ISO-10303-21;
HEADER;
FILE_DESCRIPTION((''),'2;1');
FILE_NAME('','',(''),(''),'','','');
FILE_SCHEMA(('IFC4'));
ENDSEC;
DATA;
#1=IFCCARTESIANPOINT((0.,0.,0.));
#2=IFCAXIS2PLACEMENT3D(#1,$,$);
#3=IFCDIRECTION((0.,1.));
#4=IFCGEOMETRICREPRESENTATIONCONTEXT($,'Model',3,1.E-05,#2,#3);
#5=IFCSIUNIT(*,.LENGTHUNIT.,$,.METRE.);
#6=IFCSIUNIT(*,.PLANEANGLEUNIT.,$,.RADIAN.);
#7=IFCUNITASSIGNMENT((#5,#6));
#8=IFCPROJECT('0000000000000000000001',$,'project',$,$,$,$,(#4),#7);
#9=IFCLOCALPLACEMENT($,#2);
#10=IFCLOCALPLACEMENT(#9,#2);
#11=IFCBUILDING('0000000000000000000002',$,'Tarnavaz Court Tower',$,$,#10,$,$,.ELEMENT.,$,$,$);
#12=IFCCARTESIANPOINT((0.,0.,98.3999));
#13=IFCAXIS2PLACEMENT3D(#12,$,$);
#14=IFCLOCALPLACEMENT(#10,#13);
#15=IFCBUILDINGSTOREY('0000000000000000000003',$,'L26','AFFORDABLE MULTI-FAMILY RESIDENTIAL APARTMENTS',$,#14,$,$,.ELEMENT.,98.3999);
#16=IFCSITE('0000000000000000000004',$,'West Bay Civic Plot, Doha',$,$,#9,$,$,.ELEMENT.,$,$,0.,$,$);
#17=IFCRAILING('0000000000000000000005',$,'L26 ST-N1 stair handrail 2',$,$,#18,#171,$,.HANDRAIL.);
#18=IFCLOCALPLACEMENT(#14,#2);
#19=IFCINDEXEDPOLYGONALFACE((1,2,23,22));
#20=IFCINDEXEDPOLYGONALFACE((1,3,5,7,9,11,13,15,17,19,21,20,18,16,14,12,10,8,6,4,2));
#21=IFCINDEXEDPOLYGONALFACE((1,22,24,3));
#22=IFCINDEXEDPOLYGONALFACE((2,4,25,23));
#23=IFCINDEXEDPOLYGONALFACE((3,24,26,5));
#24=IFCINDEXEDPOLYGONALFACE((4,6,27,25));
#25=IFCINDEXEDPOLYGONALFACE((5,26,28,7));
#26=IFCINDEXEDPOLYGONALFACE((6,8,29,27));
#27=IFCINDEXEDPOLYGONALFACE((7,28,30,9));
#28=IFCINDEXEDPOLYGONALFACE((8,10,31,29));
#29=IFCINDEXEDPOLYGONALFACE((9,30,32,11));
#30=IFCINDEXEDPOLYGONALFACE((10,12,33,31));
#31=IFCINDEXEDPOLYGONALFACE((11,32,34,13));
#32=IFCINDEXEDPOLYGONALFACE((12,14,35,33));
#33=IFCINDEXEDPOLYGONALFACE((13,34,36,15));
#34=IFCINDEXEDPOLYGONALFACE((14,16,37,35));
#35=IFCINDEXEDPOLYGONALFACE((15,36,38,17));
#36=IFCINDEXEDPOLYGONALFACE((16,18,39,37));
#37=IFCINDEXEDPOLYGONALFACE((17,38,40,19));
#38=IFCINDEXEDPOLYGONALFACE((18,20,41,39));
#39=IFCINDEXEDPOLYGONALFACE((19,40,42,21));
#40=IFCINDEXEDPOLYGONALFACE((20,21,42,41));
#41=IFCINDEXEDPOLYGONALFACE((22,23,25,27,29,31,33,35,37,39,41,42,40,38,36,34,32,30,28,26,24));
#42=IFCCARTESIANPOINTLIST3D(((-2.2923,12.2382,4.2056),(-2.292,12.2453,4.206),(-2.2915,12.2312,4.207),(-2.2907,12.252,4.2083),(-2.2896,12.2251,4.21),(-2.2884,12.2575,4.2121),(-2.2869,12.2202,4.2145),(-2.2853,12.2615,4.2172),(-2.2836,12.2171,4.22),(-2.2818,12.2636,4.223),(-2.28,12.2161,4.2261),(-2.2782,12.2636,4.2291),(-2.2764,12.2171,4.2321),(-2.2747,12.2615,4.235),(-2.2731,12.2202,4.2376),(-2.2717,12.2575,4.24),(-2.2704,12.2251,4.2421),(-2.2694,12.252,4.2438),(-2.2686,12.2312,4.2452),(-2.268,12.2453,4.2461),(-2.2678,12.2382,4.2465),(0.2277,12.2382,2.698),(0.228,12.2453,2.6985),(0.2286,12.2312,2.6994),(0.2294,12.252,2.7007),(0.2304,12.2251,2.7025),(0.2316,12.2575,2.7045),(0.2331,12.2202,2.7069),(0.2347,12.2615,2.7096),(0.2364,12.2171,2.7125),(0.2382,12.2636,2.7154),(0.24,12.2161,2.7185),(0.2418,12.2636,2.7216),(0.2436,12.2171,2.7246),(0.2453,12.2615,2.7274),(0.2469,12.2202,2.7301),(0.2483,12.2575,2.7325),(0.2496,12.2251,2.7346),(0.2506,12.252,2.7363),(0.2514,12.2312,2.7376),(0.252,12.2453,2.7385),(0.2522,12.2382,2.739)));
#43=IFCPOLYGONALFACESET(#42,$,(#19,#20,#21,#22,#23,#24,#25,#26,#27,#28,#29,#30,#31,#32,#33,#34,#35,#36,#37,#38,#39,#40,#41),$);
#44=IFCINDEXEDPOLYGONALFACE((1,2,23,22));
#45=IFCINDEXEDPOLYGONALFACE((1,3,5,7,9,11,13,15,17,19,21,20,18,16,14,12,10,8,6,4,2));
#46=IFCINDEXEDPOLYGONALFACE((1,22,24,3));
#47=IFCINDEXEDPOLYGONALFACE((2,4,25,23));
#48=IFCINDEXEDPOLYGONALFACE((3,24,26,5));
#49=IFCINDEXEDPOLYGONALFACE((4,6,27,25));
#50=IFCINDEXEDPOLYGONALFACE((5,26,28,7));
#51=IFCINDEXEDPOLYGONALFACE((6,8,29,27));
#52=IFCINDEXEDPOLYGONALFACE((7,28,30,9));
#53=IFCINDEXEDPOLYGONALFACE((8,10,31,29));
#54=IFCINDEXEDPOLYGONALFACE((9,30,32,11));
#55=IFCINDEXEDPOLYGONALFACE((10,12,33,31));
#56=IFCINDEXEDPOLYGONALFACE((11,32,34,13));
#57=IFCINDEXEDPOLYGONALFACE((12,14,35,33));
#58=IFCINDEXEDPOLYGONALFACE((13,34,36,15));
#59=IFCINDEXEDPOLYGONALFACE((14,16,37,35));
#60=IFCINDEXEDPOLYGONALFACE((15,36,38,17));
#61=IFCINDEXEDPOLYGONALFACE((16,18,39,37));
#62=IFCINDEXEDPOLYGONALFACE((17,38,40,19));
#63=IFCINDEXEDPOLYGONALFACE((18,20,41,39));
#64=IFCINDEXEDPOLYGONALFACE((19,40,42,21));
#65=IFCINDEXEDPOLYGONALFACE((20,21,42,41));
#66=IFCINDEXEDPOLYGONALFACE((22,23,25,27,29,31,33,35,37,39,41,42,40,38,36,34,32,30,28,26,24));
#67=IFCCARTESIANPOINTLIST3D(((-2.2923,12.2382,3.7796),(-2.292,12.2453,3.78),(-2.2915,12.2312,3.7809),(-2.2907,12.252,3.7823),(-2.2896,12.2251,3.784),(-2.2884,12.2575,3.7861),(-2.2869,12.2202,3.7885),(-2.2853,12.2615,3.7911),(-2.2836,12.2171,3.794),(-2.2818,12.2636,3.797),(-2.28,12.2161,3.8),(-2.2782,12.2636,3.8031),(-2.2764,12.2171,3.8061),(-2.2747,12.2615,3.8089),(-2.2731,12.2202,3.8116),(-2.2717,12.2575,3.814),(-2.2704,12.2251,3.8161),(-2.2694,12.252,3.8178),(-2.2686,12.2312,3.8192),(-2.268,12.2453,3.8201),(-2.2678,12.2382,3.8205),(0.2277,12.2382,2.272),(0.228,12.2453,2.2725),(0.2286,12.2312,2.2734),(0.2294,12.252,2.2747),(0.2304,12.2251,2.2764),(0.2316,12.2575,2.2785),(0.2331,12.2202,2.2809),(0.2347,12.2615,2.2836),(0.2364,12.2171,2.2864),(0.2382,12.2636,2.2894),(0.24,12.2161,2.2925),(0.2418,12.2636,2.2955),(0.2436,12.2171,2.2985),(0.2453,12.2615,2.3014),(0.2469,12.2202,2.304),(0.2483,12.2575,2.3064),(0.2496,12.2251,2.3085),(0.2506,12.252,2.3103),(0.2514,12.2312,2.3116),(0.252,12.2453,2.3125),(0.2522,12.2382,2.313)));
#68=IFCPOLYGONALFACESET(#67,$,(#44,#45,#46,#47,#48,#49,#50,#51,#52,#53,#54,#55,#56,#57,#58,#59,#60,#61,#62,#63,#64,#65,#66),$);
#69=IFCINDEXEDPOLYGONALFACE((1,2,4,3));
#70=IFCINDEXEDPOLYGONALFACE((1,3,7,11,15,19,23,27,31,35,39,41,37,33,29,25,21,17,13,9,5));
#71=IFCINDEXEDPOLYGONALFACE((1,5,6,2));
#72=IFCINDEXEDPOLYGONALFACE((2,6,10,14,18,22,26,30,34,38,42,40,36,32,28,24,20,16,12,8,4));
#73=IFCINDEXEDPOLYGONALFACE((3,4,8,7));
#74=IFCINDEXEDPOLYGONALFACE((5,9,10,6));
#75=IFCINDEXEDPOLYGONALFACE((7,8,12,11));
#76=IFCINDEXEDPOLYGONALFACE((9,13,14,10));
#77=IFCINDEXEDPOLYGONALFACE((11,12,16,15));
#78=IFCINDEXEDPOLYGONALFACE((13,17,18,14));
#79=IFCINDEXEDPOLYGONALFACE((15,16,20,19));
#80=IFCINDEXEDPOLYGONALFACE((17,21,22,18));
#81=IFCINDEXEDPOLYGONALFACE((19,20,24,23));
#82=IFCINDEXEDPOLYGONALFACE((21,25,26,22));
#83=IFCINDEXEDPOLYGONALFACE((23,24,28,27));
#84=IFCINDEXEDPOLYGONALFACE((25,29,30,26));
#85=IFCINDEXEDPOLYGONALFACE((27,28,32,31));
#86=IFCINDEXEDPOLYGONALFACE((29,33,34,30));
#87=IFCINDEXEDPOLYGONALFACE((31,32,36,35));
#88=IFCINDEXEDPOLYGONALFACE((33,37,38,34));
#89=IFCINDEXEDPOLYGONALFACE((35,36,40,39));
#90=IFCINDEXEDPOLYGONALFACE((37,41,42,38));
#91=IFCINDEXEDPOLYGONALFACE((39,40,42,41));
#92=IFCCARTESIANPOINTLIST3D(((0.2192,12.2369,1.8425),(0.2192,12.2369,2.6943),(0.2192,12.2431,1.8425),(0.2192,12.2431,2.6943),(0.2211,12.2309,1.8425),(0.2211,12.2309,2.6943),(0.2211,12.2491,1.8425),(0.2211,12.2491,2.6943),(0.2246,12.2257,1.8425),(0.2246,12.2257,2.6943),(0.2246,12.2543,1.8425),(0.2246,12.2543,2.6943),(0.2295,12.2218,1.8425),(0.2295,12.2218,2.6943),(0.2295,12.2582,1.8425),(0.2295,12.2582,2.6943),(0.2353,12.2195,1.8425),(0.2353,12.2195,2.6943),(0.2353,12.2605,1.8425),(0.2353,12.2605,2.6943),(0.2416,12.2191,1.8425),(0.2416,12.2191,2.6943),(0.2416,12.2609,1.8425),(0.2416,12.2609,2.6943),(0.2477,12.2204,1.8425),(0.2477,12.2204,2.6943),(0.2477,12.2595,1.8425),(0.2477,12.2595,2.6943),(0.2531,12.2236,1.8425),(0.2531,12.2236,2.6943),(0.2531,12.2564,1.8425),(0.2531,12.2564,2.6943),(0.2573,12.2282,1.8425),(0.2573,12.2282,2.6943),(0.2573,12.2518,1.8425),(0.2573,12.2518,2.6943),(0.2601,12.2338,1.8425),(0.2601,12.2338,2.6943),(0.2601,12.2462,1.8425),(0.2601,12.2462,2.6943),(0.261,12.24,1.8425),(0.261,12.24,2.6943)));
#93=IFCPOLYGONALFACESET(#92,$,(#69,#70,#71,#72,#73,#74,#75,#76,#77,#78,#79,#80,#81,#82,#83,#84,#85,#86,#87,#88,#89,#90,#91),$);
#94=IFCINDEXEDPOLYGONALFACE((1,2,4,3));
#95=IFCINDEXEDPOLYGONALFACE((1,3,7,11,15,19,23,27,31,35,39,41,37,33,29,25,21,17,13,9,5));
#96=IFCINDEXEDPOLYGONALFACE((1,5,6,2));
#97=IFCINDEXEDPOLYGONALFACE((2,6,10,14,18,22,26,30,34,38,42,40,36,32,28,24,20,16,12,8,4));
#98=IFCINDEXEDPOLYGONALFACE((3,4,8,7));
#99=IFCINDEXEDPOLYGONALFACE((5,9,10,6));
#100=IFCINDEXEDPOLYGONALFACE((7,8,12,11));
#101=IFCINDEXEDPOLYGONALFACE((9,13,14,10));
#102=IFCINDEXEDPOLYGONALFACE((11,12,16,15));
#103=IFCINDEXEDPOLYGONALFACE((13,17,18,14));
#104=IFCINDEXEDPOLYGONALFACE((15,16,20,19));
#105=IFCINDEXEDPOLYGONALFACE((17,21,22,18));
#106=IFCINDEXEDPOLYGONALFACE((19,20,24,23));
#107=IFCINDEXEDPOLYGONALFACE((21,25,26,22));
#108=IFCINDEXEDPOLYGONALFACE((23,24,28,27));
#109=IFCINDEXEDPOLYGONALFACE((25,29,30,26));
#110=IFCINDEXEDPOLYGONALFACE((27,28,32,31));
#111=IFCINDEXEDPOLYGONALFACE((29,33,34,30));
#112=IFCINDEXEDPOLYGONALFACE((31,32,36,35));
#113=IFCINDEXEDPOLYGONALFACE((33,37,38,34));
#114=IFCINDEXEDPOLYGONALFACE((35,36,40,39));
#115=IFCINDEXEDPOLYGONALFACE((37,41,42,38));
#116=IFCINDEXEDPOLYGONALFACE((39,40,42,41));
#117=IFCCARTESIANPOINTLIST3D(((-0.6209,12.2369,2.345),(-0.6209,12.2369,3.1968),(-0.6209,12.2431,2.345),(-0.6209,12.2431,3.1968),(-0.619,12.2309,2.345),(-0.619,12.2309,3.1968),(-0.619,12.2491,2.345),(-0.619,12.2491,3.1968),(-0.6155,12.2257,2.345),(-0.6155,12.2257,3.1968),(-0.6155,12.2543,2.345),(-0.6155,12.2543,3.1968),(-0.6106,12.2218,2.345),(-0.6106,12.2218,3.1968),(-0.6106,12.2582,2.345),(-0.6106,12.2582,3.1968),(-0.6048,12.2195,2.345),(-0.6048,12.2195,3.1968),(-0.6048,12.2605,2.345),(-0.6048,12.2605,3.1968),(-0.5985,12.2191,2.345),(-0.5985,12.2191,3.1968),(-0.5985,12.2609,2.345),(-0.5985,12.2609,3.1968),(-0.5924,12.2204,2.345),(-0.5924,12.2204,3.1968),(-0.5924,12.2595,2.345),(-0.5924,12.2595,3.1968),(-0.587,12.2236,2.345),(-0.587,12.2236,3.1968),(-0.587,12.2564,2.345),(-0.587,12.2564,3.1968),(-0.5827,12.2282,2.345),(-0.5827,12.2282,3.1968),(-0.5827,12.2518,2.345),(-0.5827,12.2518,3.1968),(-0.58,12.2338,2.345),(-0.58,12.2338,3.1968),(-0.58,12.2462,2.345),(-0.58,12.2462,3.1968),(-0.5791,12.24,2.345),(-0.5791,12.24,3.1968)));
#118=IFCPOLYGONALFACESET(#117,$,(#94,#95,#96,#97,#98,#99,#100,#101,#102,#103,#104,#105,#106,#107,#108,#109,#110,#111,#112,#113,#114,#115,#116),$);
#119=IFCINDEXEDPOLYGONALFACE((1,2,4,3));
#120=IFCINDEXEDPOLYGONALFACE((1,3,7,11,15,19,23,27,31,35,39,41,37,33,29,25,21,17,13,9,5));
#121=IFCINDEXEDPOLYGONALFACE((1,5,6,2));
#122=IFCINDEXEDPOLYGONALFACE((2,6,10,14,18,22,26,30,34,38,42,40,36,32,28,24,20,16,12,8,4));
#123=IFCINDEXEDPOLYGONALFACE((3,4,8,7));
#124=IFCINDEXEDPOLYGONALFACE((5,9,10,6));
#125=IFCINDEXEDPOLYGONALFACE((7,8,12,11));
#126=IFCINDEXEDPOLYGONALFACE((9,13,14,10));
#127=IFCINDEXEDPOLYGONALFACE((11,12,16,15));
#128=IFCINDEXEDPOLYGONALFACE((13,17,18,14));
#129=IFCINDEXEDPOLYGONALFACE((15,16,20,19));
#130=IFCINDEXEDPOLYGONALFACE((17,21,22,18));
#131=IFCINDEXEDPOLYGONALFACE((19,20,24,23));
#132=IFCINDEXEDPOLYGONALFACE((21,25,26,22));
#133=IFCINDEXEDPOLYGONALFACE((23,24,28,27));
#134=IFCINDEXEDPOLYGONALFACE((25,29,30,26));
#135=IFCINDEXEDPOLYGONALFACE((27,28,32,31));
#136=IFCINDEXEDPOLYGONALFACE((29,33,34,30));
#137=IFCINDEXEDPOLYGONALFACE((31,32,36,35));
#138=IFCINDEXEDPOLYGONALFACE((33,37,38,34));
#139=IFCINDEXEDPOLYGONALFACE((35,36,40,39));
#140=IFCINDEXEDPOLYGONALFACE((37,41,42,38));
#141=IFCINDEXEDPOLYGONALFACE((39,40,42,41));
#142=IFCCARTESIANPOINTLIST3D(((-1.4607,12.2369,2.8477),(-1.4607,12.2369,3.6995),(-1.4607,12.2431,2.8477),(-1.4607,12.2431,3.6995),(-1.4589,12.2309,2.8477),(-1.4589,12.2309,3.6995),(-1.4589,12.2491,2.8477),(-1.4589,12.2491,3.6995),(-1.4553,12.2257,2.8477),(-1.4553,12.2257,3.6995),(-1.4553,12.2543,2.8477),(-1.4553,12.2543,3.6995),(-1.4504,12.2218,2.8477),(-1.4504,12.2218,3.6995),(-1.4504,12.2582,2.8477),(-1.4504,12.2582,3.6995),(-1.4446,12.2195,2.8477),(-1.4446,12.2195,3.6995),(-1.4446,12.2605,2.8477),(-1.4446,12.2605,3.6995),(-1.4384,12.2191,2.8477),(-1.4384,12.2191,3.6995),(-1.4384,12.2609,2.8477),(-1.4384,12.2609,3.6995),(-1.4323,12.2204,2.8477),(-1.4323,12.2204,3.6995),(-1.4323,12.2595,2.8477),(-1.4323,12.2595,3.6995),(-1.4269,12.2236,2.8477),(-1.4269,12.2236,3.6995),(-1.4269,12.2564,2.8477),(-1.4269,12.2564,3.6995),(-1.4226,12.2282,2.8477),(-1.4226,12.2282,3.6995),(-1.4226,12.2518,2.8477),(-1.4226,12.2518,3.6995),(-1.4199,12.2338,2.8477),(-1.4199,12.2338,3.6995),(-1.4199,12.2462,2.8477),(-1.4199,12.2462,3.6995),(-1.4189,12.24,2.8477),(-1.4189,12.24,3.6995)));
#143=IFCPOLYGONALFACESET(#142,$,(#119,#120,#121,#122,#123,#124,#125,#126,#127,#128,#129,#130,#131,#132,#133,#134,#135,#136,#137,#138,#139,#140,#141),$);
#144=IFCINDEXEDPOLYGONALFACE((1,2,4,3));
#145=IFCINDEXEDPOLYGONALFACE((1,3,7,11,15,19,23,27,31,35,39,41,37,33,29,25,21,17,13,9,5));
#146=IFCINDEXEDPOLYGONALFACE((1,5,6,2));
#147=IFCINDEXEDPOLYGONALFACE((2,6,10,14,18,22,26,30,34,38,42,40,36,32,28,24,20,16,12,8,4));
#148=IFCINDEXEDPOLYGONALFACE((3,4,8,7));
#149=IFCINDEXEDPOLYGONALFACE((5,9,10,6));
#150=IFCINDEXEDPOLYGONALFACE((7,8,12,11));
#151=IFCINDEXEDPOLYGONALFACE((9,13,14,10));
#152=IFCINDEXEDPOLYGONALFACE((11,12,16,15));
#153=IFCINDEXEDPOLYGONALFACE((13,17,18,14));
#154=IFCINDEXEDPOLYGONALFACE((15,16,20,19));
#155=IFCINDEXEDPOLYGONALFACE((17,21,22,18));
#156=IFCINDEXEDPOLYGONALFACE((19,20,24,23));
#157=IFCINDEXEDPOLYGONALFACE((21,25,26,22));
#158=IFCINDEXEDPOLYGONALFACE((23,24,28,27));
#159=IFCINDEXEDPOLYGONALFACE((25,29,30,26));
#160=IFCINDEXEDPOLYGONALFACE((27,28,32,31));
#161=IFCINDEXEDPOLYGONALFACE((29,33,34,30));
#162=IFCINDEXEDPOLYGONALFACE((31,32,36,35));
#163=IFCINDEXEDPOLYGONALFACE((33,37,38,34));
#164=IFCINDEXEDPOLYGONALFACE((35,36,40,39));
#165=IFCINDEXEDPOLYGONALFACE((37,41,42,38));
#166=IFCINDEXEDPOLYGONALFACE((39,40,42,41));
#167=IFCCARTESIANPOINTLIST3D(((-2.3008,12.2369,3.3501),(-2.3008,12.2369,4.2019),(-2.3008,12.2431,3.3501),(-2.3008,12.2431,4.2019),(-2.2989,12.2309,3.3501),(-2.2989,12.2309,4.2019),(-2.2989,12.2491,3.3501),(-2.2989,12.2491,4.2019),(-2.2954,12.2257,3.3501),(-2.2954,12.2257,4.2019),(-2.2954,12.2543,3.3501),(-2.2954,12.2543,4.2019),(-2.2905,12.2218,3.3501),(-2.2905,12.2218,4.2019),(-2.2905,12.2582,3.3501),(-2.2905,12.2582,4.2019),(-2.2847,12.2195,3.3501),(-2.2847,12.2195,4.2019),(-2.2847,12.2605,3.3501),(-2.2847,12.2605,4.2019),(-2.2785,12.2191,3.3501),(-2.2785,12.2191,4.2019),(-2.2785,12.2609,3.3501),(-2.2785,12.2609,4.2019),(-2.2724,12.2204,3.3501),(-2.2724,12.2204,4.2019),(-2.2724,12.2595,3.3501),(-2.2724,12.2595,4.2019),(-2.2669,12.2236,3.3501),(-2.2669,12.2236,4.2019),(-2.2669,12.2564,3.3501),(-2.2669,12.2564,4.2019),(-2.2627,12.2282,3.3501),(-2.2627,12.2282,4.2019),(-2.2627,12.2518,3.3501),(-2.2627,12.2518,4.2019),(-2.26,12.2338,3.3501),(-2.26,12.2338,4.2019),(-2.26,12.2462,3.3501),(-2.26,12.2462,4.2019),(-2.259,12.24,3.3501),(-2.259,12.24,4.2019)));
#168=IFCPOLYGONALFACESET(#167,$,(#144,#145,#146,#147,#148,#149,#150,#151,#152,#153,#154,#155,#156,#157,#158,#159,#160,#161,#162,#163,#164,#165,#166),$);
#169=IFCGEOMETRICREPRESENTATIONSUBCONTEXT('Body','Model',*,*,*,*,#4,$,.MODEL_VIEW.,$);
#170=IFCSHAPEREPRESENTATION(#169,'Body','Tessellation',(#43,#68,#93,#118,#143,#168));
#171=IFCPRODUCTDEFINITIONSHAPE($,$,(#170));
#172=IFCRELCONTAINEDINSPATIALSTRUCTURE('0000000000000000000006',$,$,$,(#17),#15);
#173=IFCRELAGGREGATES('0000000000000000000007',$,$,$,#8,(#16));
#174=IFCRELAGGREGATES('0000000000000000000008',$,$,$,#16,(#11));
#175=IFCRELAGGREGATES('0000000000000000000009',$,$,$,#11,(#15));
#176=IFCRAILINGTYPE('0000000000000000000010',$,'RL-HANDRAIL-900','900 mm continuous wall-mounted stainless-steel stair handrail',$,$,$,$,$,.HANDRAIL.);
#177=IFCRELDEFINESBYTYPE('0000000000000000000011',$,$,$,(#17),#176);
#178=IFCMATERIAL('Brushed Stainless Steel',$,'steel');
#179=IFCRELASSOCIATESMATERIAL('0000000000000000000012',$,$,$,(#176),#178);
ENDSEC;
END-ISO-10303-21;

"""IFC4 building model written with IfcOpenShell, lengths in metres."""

from ifc_helpers import new_model, si_unit, direction, frame, origin, origin_2d, place, context, subcontext, project, spatial, circle, extrude, material, type_object, element, save


model = new_model("IFC4")

# Units and contexts
model_context = context("Model", 3, precision=1e-05, world=origin(), true_north=direction((0.0, 1.0)))
body_context = subcontext(model_context, "Body", "Model", "MODEL_VIEW")
ifc_project = project(units=[si_unit("LENGTHUNIT", "METRE"), si_unit("PLANEANGLEUNIT", "RADIAN")], contexts=[model_context])

# Site, building, storey
site_placement = place(None, origin())
site = spatial("IfcSite", under=ifc_project, at=site_placement, Name="West Bay Civic Plot, Doha", CompositionType="ELEMENT", RefElevation=0.0)
building_placement = place(site_placement, origin())
building = spatial("IfcBuilding", under=site, at=building_placement, Name="Tarnavaz Court Tower", CompositionType="ELEMENT")
storey_placement = place(building_placement, frame((0.0, 0.0, 98.3999)))
storey = spatial("IfcBuildingStorey", under=building, at=storey_placement, Name="L26", Description="AFFORDABLE MULTI-FAMILY RESIDENTIAL APARTMENTS", CompositionType="ELEMENT", Elevation=98.3999)

# Railing
ifc_material_1 = material(Name="Brushed Stainless Steel", Category="steel")
railing_type_1 = type_object("IfcRailingType", Name="RL-HANDRAIL-900", Description="900 mm continuous wall-mounted stainless-steel stair handrail", PredefinedType="HANDRAIL", material=ifc_material_1)
railing_1_placement = place(storey_placement, frame((0.24, 12.24, 1.8425)))
element("IfcRailing", 1, at=railing_1_placement, inside=storey, type_object=railing_type_1, Name="L26 ST-N1 stair handrail 2", PredefinedType="HANDRAIL", context=body_context, shape_type="SweptSolid", body=[
    extrude(circle(Radius=0.0239, at=origin_2d()), frame((0.0, 0.0, 0.876), z_axis=(-0.85816, 0.0, 0.513383), x_axis=(0.0, -1.0, 0.0)), (0.0, 0.0, 1.0), 2.9365),
    extrude(circle(Radius=0.0239, at=origin_2d()), frame((0.0, 0.0, 0.45), z_axis=(-0.85816, 0.0, 0.513383), x_axis=(0.0, -1.0, 0.0)), (0.0, 0.0, 1.0), 2.9365),
    extrude(circle(Radius=0.021, at=origin_2d()), origin(), (0.0, 0.0, 1.0), 0.8518),
    extrude(circle(Radius=0.021, at=origin_2d()), frame((-0.8401, 0.0, 0.5024)), (0.0, 0.0, 1.0), 0.8518),
    extrude(circle(Radius=0.021, at=origin_2d()), frame((-1.6799, 0.0, 1.0051)), (0.0, 0.0, 1.0), 0.8518),
    extrude(circle(Radius=0.021, at=origin_2d()), frame((-2.52, 0.0, 1.5076)), (0.0, 0.0, 1.0), 0.8518),
])

save(model, "model.ifc")
